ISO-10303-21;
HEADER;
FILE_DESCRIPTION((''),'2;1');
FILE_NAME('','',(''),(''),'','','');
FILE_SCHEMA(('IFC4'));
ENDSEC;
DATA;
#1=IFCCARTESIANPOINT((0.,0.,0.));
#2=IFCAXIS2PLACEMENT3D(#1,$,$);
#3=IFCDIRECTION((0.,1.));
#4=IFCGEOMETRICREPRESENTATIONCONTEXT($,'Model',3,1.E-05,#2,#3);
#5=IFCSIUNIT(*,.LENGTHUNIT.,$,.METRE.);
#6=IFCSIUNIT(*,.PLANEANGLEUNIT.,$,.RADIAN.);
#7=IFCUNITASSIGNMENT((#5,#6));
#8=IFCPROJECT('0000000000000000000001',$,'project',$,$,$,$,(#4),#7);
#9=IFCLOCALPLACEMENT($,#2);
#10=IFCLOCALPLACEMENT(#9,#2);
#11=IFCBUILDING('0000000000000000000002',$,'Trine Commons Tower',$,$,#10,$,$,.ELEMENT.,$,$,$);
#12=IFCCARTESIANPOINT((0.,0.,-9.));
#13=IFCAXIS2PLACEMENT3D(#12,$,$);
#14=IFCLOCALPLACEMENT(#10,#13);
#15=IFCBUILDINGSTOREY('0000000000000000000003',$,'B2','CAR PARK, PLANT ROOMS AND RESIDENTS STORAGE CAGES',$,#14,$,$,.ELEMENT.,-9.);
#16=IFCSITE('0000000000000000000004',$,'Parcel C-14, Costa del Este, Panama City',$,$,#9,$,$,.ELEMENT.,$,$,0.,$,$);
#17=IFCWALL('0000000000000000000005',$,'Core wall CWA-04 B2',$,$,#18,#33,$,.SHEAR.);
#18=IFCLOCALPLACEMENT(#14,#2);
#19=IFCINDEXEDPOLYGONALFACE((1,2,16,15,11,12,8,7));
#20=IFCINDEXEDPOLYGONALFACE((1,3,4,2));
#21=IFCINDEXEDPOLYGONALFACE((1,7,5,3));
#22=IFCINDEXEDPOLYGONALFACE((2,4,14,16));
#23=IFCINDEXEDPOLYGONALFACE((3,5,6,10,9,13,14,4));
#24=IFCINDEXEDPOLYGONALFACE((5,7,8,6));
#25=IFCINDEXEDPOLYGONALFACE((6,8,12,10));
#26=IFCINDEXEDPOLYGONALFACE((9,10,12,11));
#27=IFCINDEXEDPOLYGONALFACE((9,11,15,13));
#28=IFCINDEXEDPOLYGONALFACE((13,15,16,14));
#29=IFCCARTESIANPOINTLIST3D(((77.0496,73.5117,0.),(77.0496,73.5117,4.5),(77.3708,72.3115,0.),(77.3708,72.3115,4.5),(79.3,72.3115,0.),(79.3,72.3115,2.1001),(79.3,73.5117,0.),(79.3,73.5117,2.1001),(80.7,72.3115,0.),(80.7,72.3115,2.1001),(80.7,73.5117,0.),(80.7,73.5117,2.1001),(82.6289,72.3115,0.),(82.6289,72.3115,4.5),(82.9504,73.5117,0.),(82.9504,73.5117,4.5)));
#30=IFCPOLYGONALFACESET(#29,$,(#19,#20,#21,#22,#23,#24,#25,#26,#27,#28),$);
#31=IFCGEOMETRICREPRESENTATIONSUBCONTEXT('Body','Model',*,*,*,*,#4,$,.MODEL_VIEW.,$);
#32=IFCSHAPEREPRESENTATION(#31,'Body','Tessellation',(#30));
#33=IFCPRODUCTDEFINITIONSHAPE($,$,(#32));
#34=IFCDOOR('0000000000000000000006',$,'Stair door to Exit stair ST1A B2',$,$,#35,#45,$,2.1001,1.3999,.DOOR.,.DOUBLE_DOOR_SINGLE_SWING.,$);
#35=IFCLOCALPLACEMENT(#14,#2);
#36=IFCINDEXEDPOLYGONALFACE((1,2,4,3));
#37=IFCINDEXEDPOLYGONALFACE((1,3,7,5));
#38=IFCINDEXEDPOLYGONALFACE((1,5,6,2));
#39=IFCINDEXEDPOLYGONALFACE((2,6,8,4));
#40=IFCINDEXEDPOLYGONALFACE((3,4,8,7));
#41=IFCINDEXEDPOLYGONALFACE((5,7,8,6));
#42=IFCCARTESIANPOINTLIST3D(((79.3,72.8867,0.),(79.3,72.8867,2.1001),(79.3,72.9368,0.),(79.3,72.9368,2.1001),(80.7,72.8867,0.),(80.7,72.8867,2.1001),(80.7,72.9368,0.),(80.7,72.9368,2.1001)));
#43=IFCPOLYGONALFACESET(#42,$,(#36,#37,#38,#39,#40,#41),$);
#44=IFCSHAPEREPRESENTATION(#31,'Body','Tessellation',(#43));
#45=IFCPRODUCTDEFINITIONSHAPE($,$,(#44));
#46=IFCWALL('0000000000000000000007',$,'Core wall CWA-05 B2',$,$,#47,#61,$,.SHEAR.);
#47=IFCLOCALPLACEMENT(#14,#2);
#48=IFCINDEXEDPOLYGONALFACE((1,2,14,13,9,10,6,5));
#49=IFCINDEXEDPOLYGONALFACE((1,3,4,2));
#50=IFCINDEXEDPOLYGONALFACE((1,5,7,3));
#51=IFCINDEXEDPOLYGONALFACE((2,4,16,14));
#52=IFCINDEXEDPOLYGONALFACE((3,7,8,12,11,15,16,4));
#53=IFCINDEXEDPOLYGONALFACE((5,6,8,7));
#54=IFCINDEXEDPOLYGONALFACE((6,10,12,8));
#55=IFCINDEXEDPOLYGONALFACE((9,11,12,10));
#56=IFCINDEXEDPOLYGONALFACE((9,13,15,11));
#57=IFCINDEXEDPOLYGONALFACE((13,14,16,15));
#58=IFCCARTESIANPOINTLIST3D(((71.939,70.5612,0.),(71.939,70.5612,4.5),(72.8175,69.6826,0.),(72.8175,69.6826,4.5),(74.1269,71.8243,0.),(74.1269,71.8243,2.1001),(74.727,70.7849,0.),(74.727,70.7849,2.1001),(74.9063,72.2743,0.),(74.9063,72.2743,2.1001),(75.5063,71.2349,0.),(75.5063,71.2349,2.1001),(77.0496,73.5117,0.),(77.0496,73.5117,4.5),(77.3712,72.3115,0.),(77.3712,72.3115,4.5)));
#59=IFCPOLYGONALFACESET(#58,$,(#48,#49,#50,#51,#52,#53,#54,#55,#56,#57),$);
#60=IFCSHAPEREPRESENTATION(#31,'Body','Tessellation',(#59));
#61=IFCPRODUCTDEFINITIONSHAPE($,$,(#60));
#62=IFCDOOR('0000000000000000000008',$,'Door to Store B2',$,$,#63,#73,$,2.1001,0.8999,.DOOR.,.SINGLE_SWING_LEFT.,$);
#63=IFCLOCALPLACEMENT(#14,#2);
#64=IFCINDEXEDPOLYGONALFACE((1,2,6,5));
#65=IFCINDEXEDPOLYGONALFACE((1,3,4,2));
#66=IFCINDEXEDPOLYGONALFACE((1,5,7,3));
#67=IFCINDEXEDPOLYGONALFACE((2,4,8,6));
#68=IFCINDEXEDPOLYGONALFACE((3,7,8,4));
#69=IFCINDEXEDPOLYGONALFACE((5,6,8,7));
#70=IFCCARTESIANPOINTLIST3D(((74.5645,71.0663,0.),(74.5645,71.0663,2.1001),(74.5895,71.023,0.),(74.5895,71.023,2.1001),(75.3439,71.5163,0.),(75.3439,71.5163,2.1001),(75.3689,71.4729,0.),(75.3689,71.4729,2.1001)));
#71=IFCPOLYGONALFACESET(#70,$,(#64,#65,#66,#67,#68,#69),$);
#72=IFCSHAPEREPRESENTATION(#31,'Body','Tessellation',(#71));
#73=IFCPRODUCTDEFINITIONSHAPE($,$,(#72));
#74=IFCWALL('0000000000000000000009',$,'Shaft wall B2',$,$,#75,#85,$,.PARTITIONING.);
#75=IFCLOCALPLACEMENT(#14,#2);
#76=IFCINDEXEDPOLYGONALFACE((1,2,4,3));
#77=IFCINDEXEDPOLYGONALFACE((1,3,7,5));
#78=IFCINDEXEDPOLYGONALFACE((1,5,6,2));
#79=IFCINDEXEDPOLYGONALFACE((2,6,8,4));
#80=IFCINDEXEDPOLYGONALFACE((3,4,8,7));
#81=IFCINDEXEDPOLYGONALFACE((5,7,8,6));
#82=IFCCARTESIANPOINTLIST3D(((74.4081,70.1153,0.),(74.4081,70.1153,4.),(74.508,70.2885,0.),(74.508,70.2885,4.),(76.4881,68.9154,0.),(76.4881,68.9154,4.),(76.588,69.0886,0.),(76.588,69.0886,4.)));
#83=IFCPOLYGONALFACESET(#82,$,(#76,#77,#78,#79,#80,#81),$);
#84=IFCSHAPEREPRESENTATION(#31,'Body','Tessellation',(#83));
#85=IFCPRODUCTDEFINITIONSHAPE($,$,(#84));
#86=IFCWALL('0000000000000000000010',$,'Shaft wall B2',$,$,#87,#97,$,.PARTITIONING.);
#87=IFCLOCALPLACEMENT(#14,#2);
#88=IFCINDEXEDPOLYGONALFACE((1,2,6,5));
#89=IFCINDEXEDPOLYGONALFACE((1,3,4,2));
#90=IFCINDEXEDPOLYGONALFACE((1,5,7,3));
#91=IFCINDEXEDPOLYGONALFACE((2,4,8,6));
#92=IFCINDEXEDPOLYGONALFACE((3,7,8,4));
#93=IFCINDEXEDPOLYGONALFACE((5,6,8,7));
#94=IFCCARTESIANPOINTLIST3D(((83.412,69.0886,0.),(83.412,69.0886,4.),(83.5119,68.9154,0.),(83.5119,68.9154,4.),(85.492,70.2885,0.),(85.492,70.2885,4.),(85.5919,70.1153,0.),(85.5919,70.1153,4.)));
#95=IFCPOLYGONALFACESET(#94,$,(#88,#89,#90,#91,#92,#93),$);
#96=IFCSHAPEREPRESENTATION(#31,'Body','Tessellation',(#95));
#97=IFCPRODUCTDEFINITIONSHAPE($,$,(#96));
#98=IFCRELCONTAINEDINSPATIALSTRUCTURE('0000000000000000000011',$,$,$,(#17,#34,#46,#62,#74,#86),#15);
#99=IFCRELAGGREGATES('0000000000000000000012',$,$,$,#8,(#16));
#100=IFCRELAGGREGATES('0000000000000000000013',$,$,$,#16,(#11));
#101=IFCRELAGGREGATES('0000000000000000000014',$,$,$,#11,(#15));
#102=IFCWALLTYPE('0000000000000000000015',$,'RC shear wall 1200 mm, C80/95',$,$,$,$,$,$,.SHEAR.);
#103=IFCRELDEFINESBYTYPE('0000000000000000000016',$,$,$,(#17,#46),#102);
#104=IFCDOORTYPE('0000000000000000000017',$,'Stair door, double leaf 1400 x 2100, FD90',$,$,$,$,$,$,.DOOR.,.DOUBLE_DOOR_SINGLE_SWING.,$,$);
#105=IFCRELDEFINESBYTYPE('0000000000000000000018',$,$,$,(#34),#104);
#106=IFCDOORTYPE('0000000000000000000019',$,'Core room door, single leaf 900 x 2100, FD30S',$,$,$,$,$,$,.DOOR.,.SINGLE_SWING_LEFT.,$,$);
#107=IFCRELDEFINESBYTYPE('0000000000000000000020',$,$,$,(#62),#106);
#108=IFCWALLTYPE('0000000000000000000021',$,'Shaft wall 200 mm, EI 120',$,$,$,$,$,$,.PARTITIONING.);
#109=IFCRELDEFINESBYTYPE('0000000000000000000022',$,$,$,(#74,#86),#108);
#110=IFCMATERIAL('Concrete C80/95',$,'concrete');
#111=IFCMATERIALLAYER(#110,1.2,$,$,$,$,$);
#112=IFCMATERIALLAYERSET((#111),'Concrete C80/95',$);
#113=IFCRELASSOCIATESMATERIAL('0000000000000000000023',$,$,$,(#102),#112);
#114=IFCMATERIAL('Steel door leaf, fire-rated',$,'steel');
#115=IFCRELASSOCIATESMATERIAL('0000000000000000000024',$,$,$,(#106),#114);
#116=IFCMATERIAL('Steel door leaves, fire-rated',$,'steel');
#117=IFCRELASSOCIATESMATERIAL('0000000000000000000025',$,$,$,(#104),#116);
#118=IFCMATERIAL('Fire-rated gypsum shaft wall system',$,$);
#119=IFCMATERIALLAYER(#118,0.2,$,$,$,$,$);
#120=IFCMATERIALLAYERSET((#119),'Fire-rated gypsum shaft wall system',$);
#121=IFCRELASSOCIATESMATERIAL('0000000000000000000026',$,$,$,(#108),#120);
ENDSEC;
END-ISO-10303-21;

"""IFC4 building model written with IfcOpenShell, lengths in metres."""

from ifc_helpers import new_model, si_unit, direction, frame, frame_2d, origin, place, context, subcontext, project, spatial, polyline, rectangle, outline, extrude, material, layer, layer_set, type_object, element, fill, save


model = new_model("IFC4")

# Units and contexts
model_context = context("Model", 3, precision=1e-05, world=origin(), true_north=direction((0.0, 1.0)))
body_context = subcontext(model_context, "Body", "Model", "MODEL_VIEW")
ifc_project = project(units=[si_unit("LENGTHUNIT", "METRE"), si_unit("PLANEANGLEUNIT", "RADIAN")], contexts=[model_context])

# Site, building, storey
site_placement = place(None, origin())
site = spatial("IfcSite", under=ifc_project, at=site_placement, Name="Parcel C-14, Costa del Este, Panama City", CompositionType="ELEMENT", RefElevation=0.0)
building_placement = place(site_placement, origin())
building = spatial("IfcBuilding", under=site, at=building_placement, Name="Trine Commons Tower", CompositionType="ELEMENT")
storey_placement = place(building_placement, frame((0.0, 0.0, -9.0)))
storey = spatial("IfcBuildingStorey", under=building, at=storey_placement, Name="B2", Description="CAR PARK, PLANT ROOMS AND RESIDENTS STORAGE CAGES", CompositionType="ELEMENT", Elevation=-9.0)

# Walls, openings, doors
ifc_material_1 = material(Name="Concrete C80/95", Category="concrete")
ifc_layer_1 = layer(ifc_material_1, 1.2)
ifc_layer_set_1 = layer_set([ifc_layer_1], Name="Concrete C80/95")
wall_type_1 = type_object("IfcWallType", Name="RC shear wall 1200 mm, C80/95", PredefinedType="SHEAR", material=ifc_layer_set_1)
ifc_material_2 = material(Name="Steel door leaf, fire-rated", Category="steel")
door_type_1 = type_object("IfcDoorType", Name="Core room door, single leaf 900 x 2100, FD30S", OperationType="SINGLE_SWING_LEFT", PredefinedType="DOOR", material=ifc_material_2)
wall_1_placement = place(storey_placement, frame((82.9504, 72.9116, 0.0), z_axis=(0.0, 0.0, 1.0), x_axis=(-1.0, 0.0, 0.0)))
wall_1 = element("IfcWall", 1, at=wall_1_placement, inside=storey, type_object=wall_type_1, Name="Core wall CWA-04 B2", PredefinedType="SHEAR", context=body_context, shape_type="SweptSolid", body=[
    extrude(outline(polyline([(0.0, -0.6001), (5.9009, -0.6001), (5.5796, 0.6001), (0.3215, 0.6001), (0.0, -0.6001)])), origin(), (0.0, 0.0, 1.0), 4.5),
])
opening_1_placement = place(wall_1_placement, frame((2.2505, 0.0, 0.0)))
opening_1 = element("IfcOpeningElement", 2, at=opening_1_placement, cuts=wall_1, PredefinedType="OPENING", context=body_context, shape_type="SweptSolid", body=[
    extrude(rectangle(XDim=1.3999, YDim=2.1001, at=frame_2d((0.7, 1.05))), frame((0.0, 0.6099, 0.0), z_axis=(0.0, -1.0, 0.0), x_axis=(1.0, 0.0, 0.0)), (0.0, 0.0, 1.0), 1.22),
])
ifc_material_3 = material(Name="Steel door leaves, fire-rated", Category="steel")
door_type_2 = type_object("IfcDoorType", Name="Stair door, double leaf 1400 x 2100, FD90", OperationType="DOUBLE_DOOR_SINGLE_SWING", PredefinedType="DOOR", material=ifc_material_3)
door_1_placement = place(opening_1_placement, origin())
door_1 = element("IfcDoor", 3, at=door_1_placement, inside=storey, type_object=door_type_2, Name="Stair door to Exit stair ST1A B2", OperationType="DOUBLE_DOOR_SINGLE_SWING", OverallHeight=2.1001, OverallWidth=1.3999, PredefinedType="DOOR", context=body_context, shape_type="SweptSolid", body=[
    extrude(rectangle(XDim=1.3999, YDim=2.1001, at=frame_2d((0.7, 1.05))), frame((0.0, 0.0249, 0.0), z_axis=(0.0, -1.0, 0.0), x_axis=(1.0, 0.0, 0.0)), (0.0, 0.0, 1.0), 0.05),
])
fill(opening_1, door_1)
wall_2_placement = place(storey_placement, frame((77.3496, 72.9919, 0.0), z_axis=(0.0, 0.0, 1.0), x_axis=(-0.866037, -0.499979, 0.0)))
wall_2 = element("IfcWall", 4, at=wall_2_placement, inside=storey, type_object=wall_type_1, Name="Core wall CWA-05 B2", PredefinedType="SHEAR", context=body_context, shape_type="SweptSolid", body=[
    extrude(outline(polyline([(0.0, -0.6001), (5.9011, -0.6001), (5.5796, 0.6001), (0.3215, 0.6001), (0.0, -0.6001)])), origin(), (0.0, 0.0, 1.0), 4.5),
])
opening_2_placement = place(wall_2_placement, frame((2.4749, 0.0, 0.0)))
opening_2 = element("IfcOpeningElement", 5, at=opening_2_placement, cuts=wall_2, PredefinedType="OPENING", context=body_context, shape_type="SweptSolid", body=[
    extrude(rectangle(XDim=0.8999, YDim=2.1001, at=frame_2d((0.45, 1.05))), frame((0.0, 0.6099, 0.0), z_axis=(0.0, -1.0, 0.0), x_axis=(1.0, 0.0, 0.0)), (0.0, 0.0, 1.0), 1.22),
])
door_2_placement = place(opening_2_placement, origin())
door_2 = element("IfcDoor", 6, at=door_2_placement, inside=storey, type_object=door_type_1, Name="Door to Store B2", OperationType="SINGLE_SWING_LEFT", OverallHeight=2.1001, OverallWidth=0.8999, PredefinedType="DOOR", context=body_context, shape_type="SweptSolid", body=[
    extrude(rectangle(XDim=0.8999, YDim=2.1001, at=frame_2d((0.45, 1.05))), frame((0.0, 0.3252, 0.0), z_axis=(0.0, -1.0, 0.0), x_axis=(1.0, 0.0, 0.0)), (0.0, 0.0, 1.0), 0.05),
])
fill(opening_2, door_2)

# Walls
ifc_material_4 = material(Name="Fire-rated gypsum shaft wall system")
ifc_layer_2 = layer(ifc_material_4, 0.2)
ifc_layer_set_2 = layer_set([ifc_layer_2], Name="Fire-rated gypsum shaft wall system")
wall_type_2 = type_object("IfcWallType", Name="Shaft wall 200 mm, EI 120", PredefinedType="PARTITIONING", material=ifc_layer_set_2)
for number, where, z_axis, x_axis, name in (
    (7, (76.5381, 69.002, 0.0), (0.0, 0.0, 1.0), (-0.866203, 0.499693, 0.0), "Shaft wall B2"),
    (8, (83.4619, 69.002, 0.0), (0.0, 0.0, 1.0), (0.866203, 0.499693, 0.0), "Shaft wall B2"),
):
    element("IfcWall", number, at=place(storey_placement, frame(where, z_axis=z_axis, x_axis=x_axis)), inside=storey, type_object=wall_type_2, Name=name, PredefinedType="PARTITIONING", context=body_context, shape_type="SweptSolid", body=[
        extrude(rectangle(XDim=2.4014, YDim=0.2, at=frame_2d((1.2007, 0.0))), origin(), (0.0, 0.0, 1.0), 4.0),
    ])

save(model, "model.ifc")
